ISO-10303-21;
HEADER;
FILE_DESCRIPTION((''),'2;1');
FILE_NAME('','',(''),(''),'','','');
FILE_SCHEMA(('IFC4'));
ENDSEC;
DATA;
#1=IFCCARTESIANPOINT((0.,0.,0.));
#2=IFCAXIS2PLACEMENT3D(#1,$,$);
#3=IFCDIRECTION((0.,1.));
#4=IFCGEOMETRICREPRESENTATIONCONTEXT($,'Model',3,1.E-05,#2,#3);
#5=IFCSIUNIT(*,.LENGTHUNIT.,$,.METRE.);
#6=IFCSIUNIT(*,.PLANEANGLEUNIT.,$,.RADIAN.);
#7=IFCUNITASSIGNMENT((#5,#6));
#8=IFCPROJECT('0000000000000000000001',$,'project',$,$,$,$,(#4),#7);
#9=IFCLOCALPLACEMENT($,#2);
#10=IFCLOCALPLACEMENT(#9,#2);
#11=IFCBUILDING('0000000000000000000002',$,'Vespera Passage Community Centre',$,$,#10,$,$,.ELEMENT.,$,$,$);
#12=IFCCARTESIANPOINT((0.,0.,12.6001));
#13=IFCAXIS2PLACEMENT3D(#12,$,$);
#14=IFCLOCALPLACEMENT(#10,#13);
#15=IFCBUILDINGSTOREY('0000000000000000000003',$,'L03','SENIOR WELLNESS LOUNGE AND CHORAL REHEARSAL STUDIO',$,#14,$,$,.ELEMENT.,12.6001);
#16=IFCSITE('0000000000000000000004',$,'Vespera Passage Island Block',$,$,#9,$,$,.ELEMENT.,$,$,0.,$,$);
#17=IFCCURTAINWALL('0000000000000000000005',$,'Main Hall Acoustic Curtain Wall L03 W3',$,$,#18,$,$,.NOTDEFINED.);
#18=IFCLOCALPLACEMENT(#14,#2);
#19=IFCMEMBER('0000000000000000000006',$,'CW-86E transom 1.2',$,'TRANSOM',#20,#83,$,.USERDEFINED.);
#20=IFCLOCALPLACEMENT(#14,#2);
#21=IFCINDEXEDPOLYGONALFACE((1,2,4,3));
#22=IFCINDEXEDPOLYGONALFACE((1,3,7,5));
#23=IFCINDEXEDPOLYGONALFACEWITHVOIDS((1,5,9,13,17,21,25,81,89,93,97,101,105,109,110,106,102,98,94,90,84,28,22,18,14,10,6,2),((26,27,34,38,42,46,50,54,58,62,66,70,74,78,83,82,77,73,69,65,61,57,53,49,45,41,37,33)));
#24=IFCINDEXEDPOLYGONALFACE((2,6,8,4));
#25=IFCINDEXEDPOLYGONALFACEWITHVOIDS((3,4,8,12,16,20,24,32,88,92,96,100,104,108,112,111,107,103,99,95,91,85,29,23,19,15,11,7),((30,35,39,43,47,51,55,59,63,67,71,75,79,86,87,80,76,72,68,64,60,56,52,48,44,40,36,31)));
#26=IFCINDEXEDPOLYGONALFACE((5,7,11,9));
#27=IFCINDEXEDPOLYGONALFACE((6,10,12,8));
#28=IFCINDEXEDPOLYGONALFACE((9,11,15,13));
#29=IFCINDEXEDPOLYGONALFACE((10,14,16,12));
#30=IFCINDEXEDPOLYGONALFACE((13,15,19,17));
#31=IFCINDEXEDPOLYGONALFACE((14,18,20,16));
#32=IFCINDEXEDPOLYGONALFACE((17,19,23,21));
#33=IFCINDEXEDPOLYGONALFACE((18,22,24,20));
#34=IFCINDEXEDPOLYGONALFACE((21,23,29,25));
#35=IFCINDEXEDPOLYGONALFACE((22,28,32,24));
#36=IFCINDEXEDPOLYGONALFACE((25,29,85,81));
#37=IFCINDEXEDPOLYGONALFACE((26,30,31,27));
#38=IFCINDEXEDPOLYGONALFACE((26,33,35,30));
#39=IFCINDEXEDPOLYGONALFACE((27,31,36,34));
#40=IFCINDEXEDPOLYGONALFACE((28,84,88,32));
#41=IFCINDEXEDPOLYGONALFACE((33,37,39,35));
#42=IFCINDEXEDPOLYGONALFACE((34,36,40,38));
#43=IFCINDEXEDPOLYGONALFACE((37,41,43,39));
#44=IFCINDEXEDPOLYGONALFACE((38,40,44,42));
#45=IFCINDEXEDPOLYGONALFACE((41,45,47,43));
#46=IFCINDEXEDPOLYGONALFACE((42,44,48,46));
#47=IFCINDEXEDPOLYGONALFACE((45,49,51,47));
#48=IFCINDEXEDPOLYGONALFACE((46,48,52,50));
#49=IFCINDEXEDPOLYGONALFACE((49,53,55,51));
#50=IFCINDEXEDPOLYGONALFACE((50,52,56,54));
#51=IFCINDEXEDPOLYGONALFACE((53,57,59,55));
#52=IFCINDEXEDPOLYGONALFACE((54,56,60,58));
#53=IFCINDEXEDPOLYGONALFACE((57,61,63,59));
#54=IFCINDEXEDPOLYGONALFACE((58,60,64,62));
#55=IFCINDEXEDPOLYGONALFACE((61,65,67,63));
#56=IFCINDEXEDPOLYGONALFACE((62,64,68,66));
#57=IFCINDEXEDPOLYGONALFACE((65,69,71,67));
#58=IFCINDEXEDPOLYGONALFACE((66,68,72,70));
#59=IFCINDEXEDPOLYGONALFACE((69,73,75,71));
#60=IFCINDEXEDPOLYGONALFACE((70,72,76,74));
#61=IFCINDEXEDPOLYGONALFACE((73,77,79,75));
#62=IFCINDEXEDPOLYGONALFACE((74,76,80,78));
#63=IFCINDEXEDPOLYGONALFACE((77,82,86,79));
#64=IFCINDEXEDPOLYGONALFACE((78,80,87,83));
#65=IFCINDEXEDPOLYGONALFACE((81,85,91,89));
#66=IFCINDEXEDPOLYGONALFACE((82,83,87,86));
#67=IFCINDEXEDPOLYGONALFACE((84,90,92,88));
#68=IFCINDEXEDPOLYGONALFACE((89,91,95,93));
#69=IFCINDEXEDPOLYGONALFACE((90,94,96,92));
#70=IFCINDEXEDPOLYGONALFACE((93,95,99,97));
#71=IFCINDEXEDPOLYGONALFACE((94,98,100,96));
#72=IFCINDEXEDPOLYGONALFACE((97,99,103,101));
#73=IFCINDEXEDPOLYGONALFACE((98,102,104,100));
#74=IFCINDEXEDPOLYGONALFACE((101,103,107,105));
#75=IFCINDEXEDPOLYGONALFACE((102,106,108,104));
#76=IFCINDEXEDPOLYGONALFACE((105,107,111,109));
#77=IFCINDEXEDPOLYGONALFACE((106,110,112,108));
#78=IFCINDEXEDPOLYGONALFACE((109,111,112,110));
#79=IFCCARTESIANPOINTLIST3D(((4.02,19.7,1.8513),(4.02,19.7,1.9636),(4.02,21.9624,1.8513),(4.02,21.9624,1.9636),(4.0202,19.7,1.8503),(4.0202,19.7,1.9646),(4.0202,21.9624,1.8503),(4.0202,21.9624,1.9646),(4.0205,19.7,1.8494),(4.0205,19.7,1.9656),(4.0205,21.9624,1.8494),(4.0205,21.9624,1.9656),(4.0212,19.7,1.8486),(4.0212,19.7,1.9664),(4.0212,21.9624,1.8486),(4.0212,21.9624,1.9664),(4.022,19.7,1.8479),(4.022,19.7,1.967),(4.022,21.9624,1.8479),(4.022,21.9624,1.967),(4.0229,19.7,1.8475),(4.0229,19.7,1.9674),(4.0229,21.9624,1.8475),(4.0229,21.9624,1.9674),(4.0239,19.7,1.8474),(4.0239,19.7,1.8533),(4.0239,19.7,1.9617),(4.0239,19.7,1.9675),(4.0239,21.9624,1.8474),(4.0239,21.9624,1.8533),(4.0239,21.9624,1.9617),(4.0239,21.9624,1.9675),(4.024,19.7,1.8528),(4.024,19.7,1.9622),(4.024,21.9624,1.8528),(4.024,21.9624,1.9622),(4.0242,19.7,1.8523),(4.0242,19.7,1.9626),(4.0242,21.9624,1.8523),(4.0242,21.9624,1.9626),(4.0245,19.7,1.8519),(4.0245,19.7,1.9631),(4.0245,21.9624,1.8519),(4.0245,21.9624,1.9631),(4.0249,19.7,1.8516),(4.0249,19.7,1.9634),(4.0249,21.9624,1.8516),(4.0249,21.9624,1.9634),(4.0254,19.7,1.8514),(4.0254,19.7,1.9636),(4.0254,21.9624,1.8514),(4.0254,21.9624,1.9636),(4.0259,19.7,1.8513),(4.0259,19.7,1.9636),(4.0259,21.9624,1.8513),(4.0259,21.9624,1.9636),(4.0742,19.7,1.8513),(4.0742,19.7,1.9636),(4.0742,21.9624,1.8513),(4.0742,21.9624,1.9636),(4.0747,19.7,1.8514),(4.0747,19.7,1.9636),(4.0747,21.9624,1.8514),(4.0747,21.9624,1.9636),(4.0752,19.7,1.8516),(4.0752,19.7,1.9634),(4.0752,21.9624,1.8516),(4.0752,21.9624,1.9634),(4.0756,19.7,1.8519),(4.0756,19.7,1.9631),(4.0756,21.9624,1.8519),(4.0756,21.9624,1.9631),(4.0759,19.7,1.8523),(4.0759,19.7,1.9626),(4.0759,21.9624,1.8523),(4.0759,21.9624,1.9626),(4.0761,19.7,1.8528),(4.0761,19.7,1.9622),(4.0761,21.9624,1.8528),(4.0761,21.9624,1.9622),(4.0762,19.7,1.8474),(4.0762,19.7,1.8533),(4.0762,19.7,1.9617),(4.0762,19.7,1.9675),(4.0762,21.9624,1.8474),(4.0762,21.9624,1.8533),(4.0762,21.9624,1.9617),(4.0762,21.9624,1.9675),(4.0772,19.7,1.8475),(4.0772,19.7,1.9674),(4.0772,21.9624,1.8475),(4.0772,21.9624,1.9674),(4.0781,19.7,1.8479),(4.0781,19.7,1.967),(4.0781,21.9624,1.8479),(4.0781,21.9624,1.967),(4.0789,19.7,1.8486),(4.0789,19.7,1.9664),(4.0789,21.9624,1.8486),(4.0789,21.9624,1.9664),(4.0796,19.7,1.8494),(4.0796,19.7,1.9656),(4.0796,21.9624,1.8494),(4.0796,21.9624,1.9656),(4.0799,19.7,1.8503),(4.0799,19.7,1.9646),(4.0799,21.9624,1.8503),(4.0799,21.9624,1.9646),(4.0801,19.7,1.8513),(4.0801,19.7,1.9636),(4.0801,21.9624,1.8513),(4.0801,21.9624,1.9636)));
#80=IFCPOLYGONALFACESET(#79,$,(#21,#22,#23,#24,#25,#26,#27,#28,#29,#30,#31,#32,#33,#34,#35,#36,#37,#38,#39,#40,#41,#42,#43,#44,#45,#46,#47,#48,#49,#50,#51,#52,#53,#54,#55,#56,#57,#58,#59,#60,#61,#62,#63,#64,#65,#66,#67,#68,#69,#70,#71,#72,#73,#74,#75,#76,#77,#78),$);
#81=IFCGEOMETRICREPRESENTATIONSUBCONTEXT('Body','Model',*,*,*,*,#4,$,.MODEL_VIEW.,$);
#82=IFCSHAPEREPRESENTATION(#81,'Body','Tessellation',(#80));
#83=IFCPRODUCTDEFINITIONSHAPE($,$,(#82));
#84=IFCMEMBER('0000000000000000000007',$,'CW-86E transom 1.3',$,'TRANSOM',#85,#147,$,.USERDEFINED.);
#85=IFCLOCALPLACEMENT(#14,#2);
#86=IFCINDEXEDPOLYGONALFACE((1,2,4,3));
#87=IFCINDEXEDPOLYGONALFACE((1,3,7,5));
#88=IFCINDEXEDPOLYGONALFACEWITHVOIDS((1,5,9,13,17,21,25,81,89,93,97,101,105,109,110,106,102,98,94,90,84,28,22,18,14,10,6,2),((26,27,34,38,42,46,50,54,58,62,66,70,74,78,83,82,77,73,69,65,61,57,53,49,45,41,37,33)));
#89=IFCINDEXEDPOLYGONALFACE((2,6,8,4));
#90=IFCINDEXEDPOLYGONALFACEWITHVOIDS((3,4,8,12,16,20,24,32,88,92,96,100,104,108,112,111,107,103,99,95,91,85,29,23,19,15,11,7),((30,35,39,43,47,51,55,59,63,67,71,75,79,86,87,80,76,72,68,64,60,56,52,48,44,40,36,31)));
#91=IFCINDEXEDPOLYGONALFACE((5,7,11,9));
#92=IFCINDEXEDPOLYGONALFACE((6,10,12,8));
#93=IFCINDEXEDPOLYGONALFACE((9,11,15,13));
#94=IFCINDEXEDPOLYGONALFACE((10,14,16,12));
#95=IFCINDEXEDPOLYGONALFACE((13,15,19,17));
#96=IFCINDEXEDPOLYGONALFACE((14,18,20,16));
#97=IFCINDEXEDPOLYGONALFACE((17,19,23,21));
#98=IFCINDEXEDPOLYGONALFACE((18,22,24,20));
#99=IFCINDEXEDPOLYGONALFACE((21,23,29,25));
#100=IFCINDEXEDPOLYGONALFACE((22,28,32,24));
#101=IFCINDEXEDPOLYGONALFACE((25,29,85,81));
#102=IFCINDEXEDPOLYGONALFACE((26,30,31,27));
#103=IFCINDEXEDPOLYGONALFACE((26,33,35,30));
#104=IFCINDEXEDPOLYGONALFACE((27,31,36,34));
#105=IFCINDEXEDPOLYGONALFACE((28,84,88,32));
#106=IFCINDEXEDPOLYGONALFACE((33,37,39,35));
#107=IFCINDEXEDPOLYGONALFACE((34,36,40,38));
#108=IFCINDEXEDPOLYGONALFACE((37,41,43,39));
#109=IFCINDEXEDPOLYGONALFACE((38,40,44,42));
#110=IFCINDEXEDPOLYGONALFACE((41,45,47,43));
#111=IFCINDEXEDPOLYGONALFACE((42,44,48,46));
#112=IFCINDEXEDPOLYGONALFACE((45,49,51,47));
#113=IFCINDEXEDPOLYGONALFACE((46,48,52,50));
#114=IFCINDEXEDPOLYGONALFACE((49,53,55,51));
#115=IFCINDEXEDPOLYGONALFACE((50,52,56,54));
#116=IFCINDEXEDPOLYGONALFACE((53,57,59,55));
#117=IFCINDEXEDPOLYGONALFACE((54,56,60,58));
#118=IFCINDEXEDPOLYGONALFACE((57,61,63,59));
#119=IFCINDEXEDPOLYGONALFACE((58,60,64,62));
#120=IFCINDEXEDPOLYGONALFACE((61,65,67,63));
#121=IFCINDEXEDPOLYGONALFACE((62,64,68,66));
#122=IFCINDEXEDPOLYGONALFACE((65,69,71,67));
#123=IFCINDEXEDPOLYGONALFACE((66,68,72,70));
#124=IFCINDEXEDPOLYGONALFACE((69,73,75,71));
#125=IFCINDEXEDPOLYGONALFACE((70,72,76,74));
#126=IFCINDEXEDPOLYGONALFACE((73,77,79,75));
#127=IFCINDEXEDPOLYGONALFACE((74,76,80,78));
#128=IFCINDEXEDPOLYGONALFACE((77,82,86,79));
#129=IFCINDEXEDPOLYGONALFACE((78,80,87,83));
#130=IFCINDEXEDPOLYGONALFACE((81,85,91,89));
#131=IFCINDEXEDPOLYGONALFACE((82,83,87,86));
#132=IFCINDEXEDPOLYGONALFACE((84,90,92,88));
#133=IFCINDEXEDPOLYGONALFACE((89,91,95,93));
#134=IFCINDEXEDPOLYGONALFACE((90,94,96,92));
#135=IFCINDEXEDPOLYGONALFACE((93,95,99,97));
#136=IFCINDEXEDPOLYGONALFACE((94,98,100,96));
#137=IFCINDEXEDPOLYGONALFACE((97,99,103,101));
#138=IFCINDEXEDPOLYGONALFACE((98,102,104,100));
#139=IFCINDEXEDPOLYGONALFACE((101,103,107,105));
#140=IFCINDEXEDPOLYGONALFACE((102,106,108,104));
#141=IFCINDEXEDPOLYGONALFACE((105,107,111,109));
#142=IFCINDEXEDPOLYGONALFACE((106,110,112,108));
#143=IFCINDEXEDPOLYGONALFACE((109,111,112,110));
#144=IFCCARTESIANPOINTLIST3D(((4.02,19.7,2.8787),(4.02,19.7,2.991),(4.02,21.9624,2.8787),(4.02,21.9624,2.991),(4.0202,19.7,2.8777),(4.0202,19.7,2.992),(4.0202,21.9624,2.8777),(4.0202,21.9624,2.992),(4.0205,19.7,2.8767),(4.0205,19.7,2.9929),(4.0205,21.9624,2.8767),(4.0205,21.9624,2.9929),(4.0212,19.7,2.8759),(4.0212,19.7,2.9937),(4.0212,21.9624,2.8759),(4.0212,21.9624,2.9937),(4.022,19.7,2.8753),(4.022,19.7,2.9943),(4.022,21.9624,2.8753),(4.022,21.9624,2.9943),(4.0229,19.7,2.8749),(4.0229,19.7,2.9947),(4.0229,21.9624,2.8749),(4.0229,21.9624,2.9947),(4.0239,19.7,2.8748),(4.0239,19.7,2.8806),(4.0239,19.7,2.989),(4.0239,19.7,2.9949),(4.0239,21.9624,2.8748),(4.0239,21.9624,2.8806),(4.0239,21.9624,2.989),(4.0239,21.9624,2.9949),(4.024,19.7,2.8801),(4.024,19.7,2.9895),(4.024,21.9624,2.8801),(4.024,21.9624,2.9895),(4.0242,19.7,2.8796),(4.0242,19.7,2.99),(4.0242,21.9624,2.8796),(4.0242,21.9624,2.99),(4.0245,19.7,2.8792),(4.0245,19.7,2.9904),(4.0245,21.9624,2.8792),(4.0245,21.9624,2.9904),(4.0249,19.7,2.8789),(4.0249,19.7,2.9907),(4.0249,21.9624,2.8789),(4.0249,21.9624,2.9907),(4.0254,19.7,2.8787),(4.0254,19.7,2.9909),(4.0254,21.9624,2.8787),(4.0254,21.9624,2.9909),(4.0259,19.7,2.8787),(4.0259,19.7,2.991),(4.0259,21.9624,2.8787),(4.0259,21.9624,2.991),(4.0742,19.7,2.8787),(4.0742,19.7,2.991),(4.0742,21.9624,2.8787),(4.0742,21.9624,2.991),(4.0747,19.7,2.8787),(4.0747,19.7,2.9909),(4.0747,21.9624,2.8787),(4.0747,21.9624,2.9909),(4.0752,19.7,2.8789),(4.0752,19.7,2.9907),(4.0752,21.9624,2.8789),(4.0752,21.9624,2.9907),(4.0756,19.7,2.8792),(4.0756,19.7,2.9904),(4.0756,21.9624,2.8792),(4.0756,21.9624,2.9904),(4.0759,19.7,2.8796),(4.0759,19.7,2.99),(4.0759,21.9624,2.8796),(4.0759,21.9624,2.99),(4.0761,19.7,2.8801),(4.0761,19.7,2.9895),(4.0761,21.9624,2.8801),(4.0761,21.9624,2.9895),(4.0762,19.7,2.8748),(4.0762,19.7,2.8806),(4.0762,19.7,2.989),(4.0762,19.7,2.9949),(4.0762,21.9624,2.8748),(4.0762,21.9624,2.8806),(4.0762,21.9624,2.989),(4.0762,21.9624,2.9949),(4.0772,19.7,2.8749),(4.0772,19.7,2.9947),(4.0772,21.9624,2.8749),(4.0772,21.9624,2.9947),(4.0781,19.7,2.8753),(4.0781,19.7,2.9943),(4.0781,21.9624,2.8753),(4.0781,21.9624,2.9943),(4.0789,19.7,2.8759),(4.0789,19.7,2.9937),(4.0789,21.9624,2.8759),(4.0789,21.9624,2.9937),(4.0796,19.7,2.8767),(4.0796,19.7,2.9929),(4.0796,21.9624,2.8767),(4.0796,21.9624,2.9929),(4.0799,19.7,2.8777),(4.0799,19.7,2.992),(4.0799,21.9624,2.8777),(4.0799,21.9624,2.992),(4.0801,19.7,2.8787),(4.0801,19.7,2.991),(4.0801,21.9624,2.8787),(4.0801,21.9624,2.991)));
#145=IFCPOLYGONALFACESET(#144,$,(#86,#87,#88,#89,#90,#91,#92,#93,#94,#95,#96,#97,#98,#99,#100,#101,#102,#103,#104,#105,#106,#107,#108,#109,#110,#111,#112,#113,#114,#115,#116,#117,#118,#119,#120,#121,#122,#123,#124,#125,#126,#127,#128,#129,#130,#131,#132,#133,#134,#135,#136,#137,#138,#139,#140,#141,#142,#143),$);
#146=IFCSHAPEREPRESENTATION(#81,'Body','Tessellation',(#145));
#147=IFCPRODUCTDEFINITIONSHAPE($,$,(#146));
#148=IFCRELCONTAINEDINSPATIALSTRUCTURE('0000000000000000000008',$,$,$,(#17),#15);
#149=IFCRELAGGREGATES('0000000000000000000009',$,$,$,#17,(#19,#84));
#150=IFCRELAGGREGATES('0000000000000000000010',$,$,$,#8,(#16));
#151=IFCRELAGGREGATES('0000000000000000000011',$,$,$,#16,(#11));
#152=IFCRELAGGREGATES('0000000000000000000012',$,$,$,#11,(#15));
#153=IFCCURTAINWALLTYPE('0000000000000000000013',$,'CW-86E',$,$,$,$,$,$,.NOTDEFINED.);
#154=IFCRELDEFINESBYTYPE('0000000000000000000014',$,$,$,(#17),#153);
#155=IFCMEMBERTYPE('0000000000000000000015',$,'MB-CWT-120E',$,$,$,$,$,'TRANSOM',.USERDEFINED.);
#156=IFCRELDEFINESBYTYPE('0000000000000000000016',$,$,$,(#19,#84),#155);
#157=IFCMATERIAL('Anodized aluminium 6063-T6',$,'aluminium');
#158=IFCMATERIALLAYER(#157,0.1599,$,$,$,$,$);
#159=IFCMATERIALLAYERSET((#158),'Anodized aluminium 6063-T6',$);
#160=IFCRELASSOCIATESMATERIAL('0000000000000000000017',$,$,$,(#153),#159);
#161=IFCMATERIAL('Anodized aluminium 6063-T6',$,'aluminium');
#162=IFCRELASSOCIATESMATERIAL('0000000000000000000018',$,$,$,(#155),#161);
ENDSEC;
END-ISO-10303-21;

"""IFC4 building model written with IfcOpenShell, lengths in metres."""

from ifc_helpers import new_model, si_unit, direction, frame, origin, origin_2d, place, context, subcontext, project, spatial, hollow_rectangle, extrude, material, layer, layer_set, material_profile, profile_set, type_object, element, aggregate, save


model = new_model("IFC4")

# Units and contexts
model_context = context("Model", 3, precision=1e-05, world=origin(), true_north=direction((0.0, 1.0)))
body_context = subcontext(model_context, "Body", "Model", "MODEL_VIEW")
ifc_project = project(units=[si_unit("LENGTHUNIT", "METRE"), si_unit("PLANEANGLEUNIT", "RADIAN")], contexts=[model_context])

# Site, building, storey
site_placement = place(None, origin())
site = spatial("IfcSite", under=ifc_project, at=site_placement, Name="Vespera Passage Island Block", CompositionType="ELEMENT", RefElevation=0.0)
building_placement = place(site_placement, origin())
building = spatial("IfcBuilding", under=site, at=building_placement, Name="Vespera Passage Community Centre", CompositionType="ELEMENT")
storey_placement = place(building_placement, frame((0.0, 0.0, 12.6001)))
storey = spatial("IfcBuildingStorey", under=building, at=storey_placement, Name="L03", Description="SENIOR WELLNESS LOUNGE AND CHORAL REHEARSAL STUDIO", CompositionType="ELEMENT", Elevation=12.6001)

# Shared definitions
ifc_material_1 = material(Name="Anodized aluminium 6063-T6", Category="aluminium")
ifc_layer_1 = layer(ifc_material_1, 0.1599)
ifc_layer_set_1 = layer_set([ifc_layer_1], Name="Anodized aluminium 6063-T6")
curtain_wall_type = type_object("IfcCurtainWallType", Name="CW-86E", PredefinedType="NOTDEFINED", material=ifc_layer_set_1)

# Curtain wall, members
curtain_wall_1_placement = place(storey_placement, origin())
curtain_wall_1 = element("IfcCurtainWall", 1, at=curtain_wall_1_placement, inside=storey, type_object=curtain_wall_type, Name="Main Hall Acoustic Curtain Wall L03 W3", PredefinedType="NOTDEFINED")
ifc_material_2 = material(Name="Anodized aluminium 6063-T6", Category="aluminium")
ifc_material_profile_1 = material_profile(ifc_material_2, hollow_rectangle(XDim=0.0601, YDim=0.1201, WallThickness=0.0039, InnerFilletRadius=0.002, OuterFilletRadius=0.0039, at=origin_2d()), Name="ALU120X60X4")
ifc_profile_set_1 = profile_set([ifc_material_profile_1], Name="Anodized aluminium 6063-T6")
member_type_1 = type_object("IfcMemberType", Name="MB-CWT-120E", ElementType="TRANSOM", PredefinedType="USERDEFINED", material=ifc_profile_set_1)
member_1_placement = place(storey_placement, frame((4.05, 19.7, 1.9075), z_axis=(0.0, 1.0, 0.0), x_axis=(-1.0, 0.0, 0.0)))
member_1 = element("IfcMember", 2, at=member_1_placement, type_object=member_type_1, Name="CW-86E transom 1.2", ObjectType="TRANSOM", PredefinedType="USERDEFINED", context=body_context, shape_type="SweptSolid", body=[
    extrude(hollow_rectangle(XDim=0.0601, YDim=0.1201, WallThickness=0.0039, InnerFilletRadius=0.002, OuterFilletRadius=0.0039, at=origin_2d()), origin(), (0.0, 0.0, 1.0), 2.2625),
])
member_2_placement = place(storey_placement, frame((4.05, 19.7, 2.9348), z_axis=(0.0, 1.0, 0.0), x_axis=(-1.0, 0.0, 0.0)))
member_2 = element("IfcMember", 3, at=member_2_placement, type_object=member_type_1, Name="CW-86E transom 1.3", ObjectType="TRANSOM", PredefinedType="USERDEFINED", context=body_context, shape_type="SweptSolid", body=[
    extrude(hollow_rectangle(XDim=0.0601, YDim=0.1201, WallThickness=0.0039, InnerFilletRadius=0.002, OuterFilletRadius=0.0039, at=origin_2d()), origin(), (0.0, 0.0, 1.0), 2.2625),
])

aggregate(curtain_wall_1, [member_1, member_2])

save(model, "model.ifc")
